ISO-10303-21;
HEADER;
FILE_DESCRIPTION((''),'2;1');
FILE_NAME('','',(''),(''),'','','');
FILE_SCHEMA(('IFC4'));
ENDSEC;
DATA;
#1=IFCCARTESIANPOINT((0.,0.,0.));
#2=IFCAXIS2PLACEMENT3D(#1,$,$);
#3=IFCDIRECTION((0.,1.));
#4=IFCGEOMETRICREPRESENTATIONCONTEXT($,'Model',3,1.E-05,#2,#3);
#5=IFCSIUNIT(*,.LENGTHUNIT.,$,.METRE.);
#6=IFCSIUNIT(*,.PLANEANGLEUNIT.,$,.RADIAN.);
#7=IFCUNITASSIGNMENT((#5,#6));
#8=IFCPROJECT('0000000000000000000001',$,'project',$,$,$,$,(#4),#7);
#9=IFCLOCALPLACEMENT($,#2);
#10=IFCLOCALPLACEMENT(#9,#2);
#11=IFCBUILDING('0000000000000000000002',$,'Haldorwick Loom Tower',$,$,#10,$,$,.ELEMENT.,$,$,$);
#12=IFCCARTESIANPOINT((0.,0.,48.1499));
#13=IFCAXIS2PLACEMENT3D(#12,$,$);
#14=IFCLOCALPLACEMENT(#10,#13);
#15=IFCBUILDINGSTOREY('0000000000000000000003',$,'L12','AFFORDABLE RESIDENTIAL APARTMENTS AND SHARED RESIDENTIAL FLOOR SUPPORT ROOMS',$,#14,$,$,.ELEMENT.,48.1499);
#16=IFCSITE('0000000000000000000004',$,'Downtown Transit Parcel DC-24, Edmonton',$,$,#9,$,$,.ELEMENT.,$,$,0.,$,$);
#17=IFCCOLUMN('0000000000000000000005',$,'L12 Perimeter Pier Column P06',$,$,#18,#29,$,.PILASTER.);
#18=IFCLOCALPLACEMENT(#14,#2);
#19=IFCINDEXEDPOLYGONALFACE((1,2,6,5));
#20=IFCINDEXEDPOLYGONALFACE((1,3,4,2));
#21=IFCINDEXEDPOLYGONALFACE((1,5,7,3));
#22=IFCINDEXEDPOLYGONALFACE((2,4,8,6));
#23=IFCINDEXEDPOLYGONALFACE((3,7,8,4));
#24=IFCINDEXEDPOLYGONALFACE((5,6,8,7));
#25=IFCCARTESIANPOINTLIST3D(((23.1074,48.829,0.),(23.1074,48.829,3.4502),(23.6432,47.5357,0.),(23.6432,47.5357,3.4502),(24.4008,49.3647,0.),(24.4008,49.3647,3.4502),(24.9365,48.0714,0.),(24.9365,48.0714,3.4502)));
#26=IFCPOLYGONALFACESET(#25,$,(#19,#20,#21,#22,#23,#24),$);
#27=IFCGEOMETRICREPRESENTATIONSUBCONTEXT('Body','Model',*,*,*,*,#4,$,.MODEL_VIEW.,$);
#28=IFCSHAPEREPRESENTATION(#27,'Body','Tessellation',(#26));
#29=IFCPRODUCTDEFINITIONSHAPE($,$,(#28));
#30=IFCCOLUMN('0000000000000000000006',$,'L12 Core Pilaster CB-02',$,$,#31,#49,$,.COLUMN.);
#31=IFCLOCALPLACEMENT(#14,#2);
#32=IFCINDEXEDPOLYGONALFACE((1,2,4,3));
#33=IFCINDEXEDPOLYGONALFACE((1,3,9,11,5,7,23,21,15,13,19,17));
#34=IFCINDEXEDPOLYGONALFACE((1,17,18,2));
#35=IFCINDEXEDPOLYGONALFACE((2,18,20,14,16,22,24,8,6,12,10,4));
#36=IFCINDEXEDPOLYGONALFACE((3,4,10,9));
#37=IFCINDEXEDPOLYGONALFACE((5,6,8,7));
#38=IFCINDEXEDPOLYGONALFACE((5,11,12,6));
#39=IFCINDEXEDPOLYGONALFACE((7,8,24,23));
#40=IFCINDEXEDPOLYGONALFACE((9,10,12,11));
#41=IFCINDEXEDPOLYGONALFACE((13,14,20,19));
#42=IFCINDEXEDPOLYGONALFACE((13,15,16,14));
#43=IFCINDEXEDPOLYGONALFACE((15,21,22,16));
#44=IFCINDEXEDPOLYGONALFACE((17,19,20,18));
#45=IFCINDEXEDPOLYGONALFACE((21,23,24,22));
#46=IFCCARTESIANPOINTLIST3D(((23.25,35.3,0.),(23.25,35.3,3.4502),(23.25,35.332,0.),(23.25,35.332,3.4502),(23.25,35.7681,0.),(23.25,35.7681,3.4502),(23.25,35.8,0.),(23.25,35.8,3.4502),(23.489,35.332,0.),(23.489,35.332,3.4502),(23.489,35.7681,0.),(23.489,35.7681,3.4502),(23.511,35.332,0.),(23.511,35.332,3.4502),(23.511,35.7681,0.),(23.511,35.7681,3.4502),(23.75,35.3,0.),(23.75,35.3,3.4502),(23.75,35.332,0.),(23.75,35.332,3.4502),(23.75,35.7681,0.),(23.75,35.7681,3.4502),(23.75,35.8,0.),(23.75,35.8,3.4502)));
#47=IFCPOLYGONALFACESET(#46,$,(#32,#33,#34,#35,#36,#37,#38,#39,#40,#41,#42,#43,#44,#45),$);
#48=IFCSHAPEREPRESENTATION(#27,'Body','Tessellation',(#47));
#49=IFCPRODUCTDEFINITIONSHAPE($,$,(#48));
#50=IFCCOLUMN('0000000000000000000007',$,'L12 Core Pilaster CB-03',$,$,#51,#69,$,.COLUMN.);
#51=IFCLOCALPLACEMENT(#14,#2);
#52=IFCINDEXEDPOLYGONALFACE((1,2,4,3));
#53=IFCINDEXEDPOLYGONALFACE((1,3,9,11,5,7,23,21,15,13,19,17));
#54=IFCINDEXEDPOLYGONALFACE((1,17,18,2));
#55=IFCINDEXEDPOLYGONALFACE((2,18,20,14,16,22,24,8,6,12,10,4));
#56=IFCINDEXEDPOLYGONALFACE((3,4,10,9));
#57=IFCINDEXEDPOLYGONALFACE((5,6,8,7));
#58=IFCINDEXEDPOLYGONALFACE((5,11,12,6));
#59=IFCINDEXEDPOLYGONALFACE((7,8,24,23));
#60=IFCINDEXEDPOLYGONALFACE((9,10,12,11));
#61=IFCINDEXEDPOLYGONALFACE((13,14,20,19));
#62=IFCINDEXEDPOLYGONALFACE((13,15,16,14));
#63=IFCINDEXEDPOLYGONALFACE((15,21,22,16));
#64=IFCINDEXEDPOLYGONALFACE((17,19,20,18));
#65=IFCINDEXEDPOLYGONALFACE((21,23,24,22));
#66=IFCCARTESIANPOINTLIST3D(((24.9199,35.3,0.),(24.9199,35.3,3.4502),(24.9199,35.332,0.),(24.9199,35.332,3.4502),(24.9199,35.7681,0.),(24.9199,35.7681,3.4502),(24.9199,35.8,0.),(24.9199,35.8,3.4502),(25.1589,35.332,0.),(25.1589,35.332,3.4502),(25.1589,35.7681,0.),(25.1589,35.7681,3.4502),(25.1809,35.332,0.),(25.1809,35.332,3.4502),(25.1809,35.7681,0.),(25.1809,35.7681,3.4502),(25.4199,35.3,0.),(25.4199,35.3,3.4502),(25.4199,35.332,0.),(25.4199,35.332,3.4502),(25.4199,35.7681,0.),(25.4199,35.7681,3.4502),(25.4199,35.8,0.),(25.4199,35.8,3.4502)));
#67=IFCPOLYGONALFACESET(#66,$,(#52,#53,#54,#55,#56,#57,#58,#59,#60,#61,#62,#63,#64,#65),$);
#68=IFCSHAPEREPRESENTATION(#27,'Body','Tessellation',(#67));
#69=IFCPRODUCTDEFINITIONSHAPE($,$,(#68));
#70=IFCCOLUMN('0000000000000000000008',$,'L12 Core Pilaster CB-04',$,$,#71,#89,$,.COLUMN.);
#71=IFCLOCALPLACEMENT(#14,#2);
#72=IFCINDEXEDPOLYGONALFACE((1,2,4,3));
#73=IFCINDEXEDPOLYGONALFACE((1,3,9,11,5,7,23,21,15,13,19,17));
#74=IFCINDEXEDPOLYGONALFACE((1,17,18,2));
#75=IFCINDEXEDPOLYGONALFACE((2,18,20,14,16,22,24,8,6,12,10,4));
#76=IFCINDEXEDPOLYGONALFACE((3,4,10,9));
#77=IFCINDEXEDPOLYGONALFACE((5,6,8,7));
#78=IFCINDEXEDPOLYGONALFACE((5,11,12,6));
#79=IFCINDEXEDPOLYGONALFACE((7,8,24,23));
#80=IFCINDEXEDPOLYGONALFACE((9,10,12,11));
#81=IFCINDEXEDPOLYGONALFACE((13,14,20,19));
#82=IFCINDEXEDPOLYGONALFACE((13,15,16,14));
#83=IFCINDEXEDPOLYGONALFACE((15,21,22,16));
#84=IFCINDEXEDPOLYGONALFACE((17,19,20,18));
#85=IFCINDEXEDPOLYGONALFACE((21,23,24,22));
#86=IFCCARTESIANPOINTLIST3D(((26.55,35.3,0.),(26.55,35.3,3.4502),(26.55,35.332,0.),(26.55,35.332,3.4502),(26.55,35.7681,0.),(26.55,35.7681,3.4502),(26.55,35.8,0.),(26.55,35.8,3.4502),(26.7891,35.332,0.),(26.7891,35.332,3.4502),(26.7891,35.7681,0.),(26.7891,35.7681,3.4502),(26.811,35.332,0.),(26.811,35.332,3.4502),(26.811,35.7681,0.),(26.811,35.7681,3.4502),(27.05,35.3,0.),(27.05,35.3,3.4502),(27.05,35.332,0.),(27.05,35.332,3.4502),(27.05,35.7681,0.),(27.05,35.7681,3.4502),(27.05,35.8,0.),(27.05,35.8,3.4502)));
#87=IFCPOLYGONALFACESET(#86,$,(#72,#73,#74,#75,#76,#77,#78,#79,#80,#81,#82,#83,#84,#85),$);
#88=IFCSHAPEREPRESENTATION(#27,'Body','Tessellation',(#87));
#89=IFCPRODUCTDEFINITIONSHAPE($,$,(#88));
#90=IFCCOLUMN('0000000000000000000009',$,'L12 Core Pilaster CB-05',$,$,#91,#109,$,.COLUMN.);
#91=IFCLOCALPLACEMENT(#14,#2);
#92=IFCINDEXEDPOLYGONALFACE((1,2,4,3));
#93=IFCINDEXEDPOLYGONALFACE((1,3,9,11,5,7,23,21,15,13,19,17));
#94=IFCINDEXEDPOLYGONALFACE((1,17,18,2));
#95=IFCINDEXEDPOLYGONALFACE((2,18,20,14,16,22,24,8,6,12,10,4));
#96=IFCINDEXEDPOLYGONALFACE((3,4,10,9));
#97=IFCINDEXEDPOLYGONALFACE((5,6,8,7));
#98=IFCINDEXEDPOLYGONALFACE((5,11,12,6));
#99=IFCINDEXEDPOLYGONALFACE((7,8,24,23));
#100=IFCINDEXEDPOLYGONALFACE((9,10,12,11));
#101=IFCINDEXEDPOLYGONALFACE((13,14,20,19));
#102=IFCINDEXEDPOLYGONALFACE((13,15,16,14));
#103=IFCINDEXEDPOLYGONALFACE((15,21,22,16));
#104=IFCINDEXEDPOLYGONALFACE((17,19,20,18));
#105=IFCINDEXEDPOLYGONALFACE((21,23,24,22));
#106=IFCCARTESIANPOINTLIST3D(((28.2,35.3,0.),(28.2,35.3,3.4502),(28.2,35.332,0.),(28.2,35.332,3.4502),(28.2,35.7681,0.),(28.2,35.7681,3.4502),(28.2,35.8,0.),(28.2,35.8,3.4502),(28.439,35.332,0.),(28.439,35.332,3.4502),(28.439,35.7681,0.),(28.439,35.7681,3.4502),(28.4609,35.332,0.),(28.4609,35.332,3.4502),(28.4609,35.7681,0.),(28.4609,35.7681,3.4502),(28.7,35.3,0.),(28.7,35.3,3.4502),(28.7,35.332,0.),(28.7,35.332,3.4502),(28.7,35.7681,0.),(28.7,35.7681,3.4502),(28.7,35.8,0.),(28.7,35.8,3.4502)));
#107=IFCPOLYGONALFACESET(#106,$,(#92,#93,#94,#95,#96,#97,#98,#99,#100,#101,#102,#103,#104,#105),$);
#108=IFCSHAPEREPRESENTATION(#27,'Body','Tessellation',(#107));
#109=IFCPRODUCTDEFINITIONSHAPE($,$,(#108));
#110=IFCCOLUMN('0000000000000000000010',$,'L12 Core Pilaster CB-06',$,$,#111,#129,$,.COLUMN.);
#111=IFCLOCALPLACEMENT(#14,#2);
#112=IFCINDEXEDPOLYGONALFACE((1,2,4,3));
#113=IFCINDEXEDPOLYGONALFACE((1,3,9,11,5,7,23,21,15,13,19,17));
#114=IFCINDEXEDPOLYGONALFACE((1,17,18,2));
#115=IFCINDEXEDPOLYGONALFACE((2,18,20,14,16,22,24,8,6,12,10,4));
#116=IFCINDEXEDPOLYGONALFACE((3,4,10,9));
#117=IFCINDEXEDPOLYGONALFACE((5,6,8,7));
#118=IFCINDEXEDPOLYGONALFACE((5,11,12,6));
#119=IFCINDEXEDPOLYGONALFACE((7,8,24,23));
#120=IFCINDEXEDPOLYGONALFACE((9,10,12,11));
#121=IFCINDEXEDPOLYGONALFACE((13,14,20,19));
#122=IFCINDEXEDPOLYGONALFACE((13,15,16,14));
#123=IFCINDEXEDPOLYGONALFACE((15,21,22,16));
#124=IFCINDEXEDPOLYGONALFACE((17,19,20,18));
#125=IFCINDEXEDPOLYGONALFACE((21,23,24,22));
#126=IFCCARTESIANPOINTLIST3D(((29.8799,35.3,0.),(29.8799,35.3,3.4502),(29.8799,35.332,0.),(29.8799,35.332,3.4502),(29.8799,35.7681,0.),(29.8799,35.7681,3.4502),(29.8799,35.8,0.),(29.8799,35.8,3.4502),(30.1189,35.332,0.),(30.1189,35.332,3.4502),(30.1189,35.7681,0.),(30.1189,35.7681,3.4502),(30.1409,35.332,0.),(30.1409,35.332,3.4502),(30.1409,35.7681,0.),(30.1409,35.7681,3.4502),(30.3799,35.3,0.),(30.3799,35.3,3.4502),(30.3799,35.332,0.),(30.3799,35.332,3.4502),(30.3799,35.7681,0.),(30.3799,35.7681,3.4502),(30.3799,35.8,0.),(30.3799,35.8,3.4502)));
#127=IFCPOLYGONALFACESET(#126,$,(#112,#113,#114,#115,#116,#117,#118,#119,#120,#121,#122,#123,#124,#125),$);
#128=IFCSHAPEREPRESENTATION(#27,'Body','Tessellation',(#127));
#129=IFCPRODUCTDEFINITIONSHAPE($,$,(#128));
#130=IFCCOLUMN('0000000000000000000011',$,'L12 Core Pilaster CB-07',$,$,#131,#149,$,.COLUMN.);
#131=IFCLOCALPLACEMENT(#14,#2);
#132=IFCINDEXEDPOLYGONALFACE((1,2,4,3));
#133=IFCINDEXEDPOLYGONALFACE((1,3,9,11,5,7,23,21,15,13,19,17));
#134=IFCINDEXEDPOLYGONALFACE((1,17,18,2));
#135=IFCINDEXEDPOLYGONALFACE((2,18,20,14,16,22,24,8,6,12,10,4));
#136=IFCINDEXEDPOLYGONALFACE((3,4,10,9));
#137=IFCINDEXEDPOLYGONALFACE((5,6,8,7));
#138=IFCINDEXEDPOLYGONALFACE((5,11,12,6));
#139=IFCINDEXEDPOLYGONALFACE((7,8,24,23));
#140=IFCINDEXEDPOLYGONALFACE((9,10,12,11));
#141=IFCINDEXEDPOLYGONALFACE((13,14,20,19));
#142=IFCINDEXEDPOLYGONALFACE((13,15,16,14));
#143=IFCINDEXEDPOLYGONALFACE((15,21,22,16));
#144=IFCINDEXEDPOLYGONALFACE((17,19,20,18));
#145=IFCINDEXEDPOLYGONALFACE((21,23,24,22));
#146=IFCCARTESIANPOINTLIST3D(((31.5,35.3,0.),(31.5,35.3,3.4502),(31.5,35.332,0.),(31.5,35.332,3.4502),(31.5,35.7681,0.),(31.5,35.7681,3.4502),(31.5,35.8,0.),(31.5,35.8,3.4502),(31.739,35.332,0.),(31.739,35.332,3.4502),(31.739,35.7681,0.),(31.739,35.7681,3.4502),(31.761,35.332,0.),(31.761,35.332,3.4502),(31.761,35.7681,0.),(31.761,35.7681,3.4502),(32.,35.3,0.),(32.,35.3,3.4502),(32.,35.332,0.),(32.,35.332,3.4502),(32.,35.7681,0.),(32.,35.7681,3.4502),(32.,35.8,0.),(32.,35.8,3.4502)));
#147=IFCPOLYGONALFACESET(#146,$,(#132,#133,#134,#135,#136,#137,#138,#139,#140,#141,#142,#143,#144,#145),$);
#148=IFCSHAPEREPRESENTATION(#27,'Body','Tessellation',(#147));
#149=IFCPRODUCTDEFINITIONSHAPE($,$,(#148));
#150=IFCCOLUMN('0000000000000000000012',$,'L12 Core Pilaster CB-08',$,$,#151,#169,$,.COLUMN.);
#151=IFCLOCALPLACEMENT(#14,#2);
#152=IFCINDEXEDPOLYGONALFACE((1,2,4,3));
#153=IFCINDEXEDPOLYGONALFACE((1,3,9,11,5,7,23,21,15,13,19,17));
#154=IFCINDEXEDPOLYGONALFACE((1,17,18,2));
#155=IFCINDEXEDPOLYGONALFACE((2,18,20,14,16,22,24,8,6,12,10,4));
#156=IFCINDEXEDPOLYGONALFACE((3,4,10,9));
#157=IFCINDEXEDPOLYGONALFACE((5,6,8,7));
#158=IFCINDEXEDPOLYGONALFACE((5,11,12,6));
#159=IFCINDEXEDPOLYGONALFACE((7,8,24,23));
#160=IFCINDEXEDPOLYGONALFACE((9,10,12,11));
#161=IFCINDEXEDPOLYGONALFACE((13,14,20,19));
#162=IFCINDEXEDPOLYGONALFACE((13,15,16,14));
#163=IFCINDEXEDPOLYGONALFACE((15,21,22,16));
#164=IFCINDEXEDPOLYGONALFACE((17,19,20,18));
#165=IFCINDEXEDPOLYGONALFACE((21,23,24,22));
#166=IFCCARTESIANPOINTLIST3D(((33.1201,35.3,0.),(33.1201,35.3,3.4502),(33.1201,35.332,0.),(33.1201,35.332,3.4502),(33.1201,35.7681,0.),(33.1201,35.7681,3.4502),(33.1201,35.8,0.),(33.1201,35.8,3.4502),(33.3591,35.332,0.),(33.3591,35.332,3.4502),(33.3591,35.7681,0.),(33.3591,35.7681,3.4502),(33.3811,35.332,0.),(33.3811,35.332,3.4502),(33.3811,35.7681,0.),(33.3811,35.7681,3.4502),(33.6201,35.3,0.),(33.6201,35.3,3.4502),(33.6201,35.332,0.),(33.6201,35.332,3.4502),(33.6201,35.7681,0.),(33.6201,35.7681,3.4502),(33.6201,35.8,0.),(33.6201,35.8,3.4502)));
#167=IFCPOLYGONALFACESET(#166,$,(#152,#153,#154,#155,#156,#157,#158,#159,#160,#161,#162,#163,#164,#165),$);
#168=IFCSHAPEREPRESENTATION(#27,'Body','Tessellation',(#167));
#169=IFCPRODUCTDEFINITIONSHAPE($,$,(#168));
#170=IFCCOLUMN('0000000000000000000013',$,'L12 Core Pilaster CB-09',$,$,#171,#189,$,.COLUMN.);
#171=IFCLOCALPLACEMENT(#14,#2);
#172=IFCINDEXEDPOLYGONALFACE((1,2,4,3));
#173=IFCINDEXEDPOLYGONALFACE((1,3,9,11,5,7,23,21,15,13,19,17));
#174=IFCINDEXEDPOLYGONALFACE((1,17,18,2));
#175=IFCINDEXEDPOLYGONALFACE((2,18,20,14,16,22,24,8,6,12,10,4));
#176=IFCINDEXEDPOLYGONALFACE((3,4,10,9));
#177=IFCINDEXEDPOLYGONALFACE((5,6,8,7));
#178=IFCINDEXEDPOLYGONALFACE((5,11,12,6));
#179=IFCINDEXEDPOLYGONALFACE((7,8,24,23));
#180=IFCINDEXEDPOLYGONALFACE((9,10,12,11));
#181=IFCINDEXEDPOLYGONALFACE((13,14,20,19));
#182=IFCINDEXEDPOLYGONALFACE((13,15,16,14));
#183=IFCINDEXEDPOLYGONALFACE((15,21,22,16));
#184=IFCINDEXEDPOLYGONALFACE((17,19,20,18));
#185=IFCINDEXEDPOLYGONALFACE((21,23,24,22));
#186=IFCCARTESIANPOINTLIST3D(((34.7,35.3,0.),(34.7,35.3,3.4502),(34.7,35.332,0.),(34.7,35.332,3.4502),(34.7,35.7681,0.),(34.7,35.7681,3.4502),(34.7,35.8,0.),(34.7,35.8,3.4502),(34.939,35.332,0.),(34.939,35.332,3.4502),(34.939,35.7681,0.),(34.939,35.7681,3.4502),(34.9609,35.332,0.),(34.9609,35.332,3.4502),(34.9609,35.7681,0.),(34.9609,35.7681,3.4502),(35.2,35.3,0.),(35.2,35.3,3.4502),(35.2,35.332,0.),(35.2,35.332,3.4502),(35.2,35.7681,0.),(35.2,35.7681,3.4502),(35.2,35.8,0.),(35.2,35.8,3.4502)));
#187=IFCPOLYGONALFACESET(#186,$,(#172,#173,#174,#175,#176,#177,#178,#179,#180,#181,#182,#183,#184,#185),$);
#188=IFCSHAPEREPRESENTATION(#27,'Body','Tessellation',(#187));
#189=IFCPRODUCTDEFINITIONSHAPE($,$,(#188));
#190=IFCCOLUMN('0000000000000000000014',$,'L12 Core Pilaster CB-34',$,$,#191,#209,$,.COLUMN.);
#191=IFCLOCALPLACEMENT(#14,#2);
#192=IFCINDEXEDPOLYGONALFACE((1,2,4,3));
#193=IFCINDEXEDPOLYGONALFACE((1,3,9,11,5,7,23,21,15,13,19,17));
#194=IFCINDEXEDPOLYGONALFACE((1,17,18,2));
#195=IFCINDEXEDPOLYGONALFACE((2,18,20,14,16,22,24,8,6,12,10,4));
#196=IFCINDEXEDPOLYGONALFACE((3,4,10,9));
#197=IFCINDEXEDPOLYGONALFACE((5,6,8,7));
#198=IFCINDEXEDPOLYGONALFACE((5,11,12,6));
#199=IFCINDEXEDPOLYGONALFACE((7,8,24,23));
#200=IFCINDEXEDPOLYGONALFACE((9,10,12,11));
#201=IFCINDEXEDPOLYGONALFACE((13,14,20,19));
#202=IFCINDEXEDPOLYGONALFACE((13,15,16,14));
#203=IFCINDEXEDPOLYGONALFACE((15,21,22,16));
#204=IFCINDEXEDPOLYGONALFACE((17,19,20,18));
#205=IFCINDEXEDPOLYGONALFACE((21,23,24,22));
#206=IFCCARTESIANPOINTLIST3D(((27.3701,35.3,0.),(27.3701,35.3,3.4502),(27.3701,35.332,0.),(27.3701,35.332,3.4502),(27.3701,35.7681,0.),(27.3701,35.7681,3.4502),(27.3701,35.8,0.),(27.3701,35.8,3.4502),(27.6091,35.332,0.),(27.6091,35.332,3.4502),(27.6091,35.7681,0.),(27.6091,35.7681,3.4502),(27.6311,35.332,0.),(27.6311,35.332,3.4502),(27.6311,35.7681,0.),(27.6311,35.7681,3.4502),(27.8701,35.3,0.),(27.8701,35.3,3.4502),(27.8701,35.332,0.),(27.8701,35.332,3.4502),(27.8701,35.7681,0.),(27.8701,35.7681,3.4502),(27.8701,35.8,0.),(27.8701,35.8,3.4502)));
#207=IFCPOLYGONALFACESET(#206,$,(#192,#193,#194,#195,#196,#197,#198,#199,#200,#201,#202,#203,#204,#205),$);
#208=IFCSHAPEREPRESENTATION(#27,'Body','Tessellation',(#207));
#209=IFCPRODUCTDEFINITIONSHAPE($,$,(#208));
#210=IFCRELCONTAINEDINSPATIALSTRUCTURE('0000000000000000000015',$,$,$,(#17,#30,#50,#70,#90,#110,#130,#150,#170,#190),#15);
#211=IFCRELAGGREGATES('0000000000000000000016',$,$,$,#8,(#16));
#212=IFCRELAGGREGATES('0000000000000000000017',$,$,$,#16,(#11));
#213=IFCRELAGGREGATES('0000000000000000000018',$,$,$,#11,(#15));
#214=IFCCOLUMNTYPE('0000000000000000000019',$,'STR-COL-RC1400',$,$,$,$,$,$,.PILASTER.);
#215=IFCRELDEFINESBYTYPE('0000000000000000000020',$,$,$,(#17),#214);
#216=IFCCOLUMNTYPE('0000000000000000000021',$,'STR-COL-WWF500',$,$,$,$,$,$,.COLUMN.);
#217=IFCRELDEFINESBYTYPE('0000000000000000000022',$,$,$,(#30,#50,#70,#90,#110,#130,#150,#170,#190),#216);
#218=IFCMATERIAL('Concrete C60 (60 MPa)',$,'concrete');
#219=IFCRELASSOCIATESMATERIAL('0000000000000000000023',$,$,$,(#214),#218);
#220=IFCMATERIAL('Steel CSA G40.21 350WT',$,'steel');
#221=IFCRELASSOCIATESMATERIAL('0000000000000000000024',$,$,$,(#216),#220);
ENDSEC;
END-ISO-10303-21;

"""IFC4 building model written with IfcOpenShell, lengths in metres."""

from ifc_helpers import new_model, si_unit, direction, frame, origin, origin_2d, place, context, subcontext, project, spatial, rectangle, i_section, extrude, material, material_profile, profile_set, type_object, element, save


model = new_model("IFC4")

# Units and contexts
model_context = context("Model", 3, precision=1e-05, world=origin(), true_north=direction((0.0, 1.0)))
body_context = subcontext(model_context, "Body", "Model", "MODEL_VIEW")
ifc_project = project(units=[si_unit("LENGTHUNIT", "METRE"), si_unit("PLANEANGLEUNIT", "RADIAN")], contexts=[model_context])

# Site, building, storey
site_placement = place(None, origin())
site = spatial("IfcSite", under=ifc_project, at=site_placement, Name="Downtown Transit Parcel DC-24, Edmonton", CompositionType="ELEMENT", RefElevation=0.0)
building_placement = place(site_placement, origin())
building = spatial("IfcBuilding", under=site, at=building_placement, Name="Haldorwick Loom Tower", CompositionType="ELEMENT")
storey_placement = place(building_placement, frame((0.0, 0.0, 48.1499)))
storey = spatial("IfcBuildingStorey", under=building, at=storey_placement, Name="L12", Description="AFFORDABLE RESIDENTIAL APARTMENTS AND SHARED RESIDENTIAL FLOOR SUPPORT ROOMS", CompositionType="ELEMENT", Elevation=48.1499)

# Columns
ifc_material_1 = material(Name="Concrete C60 (60 MPa)", Category="concrete")
ifc_material_profile_1 = material_profile(ifc_material_1, rectangle(XDim=1.3999, YDim=1.3999, at=origin_2d()), Name="RC1400X1400", Category="concrete")
ifc_profile_set_1 = profile_set([ifc_material_profile_1], Name="Concrete C60 (60 MPa)")
column_type_1 = type_object("IfcColumnType", Name="STR-COL-RC1400", PredefinedType="PILASTER", material=ifc_profile_set_1)
column_placement = place(storey_placement, frame((24.022, 48.4502, 0.0), z_axis=(0.0, 0.0, 1.0), x_axis=(-0.382683, 0.92388, 0.0)))
element("IfcColumn", 1, at=column_placement, inside=storey, type_object=column_type_1, Name="L12 Perimeter Pier Column P06", PredefinedType="PILASTER", context=body_context, shape_type="SweptSolid", body=[
    extrude(rectangle(XDim=1.3999, YDim=1.3999, at=origin_2d()), origin(), (0.0, 0.0, 1.0), 3.4502),
])
ifc_material_2 = material(Name="Steel CSA G40.21 350WT", Category="steel")
ifc_material_profile_2 = material_profile(ifc_material_2, i_section(OverallWidth=0.5, OverallDepth=0.5, WebThickness=0.022, FlangeThickness=0.032, at=origin_2d()), Name="WWF500X500", Category="steel")
ifc_profile_set_2 = profile_set([ifc_material_profile_2], Name="Steel CSA G40.21 350WT")
column_type_2 = type_object("IfcColumnType", Name="STR-COL-WWF500", PredefinedType="COLUMN", material=ifc_profile_set_2)
for number, where, z_axis, x_axis, name in (
    (2, (23.5, 35.55, 0.0), (0.0, 0.0, 1.0), (1.0, 0.0, 0.0), "L12 Core Pilaster CB-02"),
    (3, (25.1699, 35.55, 0.0), (0.0, 0.0, 1.0), (1.0, 0.0, 0.0), "L12 Core Pilaster CB-03"),
    (4, (26.8, 35.55, 0.0), (0.0, 0.0, 1.0), (1.0, 0.0, 0.0), "L12 Core Pilaster CB-04"),
    (5, (28.45, 35.55, 0.0), (0.0, 0.0, 1.0), (1.0, 0.0, 0.0), "L12 Core Pilaster CB-05"),
    (6, (30.1299, 35.55, 0.0), (0.0, 0.0, 1.0), (1.0, 0.0, 0.0), "L12 Core Pilaster CB-06"),
    (7, (31.75, 35.55, 0.0), (0.0, 0.0, 1.0), (1.0, 0.0, 0.0), "L12 Core Pilaster CB-07"),
    (8, (33.3701, 35.55, 0.0), (0.0, 0.0, 1.0), (1.0, 0.0, 0.0), "L12 Core Pilaster CB-08"),
    (9, (34.95, 35.55, 0.0), (0.0, 0.0, 1.0), (1.0, 0.0, 0.0), "L12 Core Pilaster CB-09"),
    (10, (27.6201, 35.55, 0.0), (0.0, 0.0, 1.0), (1.0, 0.0, 0.0), "L12 Core Pilaster CB-34"),
):
    element("IfcColumn", number, at=place(storey_placement, frame(where, z_axis=z_axis, x_axis=x_axis)), inside=storey, type_object=column_type_2, Name=name, PredefinedType="COLUMN", context=body_context, shape_type="SweptSolid", body=[
        extrude(i_section(OverallWidth=0.5, OverallDepth=0.5, WebThickness=0.022, FlangeThickness=0.032, at=origin_2d()), origin(), (0.0, 0.0, 1.0), 3.4502),
    ])

save(model, "model.ifc")
